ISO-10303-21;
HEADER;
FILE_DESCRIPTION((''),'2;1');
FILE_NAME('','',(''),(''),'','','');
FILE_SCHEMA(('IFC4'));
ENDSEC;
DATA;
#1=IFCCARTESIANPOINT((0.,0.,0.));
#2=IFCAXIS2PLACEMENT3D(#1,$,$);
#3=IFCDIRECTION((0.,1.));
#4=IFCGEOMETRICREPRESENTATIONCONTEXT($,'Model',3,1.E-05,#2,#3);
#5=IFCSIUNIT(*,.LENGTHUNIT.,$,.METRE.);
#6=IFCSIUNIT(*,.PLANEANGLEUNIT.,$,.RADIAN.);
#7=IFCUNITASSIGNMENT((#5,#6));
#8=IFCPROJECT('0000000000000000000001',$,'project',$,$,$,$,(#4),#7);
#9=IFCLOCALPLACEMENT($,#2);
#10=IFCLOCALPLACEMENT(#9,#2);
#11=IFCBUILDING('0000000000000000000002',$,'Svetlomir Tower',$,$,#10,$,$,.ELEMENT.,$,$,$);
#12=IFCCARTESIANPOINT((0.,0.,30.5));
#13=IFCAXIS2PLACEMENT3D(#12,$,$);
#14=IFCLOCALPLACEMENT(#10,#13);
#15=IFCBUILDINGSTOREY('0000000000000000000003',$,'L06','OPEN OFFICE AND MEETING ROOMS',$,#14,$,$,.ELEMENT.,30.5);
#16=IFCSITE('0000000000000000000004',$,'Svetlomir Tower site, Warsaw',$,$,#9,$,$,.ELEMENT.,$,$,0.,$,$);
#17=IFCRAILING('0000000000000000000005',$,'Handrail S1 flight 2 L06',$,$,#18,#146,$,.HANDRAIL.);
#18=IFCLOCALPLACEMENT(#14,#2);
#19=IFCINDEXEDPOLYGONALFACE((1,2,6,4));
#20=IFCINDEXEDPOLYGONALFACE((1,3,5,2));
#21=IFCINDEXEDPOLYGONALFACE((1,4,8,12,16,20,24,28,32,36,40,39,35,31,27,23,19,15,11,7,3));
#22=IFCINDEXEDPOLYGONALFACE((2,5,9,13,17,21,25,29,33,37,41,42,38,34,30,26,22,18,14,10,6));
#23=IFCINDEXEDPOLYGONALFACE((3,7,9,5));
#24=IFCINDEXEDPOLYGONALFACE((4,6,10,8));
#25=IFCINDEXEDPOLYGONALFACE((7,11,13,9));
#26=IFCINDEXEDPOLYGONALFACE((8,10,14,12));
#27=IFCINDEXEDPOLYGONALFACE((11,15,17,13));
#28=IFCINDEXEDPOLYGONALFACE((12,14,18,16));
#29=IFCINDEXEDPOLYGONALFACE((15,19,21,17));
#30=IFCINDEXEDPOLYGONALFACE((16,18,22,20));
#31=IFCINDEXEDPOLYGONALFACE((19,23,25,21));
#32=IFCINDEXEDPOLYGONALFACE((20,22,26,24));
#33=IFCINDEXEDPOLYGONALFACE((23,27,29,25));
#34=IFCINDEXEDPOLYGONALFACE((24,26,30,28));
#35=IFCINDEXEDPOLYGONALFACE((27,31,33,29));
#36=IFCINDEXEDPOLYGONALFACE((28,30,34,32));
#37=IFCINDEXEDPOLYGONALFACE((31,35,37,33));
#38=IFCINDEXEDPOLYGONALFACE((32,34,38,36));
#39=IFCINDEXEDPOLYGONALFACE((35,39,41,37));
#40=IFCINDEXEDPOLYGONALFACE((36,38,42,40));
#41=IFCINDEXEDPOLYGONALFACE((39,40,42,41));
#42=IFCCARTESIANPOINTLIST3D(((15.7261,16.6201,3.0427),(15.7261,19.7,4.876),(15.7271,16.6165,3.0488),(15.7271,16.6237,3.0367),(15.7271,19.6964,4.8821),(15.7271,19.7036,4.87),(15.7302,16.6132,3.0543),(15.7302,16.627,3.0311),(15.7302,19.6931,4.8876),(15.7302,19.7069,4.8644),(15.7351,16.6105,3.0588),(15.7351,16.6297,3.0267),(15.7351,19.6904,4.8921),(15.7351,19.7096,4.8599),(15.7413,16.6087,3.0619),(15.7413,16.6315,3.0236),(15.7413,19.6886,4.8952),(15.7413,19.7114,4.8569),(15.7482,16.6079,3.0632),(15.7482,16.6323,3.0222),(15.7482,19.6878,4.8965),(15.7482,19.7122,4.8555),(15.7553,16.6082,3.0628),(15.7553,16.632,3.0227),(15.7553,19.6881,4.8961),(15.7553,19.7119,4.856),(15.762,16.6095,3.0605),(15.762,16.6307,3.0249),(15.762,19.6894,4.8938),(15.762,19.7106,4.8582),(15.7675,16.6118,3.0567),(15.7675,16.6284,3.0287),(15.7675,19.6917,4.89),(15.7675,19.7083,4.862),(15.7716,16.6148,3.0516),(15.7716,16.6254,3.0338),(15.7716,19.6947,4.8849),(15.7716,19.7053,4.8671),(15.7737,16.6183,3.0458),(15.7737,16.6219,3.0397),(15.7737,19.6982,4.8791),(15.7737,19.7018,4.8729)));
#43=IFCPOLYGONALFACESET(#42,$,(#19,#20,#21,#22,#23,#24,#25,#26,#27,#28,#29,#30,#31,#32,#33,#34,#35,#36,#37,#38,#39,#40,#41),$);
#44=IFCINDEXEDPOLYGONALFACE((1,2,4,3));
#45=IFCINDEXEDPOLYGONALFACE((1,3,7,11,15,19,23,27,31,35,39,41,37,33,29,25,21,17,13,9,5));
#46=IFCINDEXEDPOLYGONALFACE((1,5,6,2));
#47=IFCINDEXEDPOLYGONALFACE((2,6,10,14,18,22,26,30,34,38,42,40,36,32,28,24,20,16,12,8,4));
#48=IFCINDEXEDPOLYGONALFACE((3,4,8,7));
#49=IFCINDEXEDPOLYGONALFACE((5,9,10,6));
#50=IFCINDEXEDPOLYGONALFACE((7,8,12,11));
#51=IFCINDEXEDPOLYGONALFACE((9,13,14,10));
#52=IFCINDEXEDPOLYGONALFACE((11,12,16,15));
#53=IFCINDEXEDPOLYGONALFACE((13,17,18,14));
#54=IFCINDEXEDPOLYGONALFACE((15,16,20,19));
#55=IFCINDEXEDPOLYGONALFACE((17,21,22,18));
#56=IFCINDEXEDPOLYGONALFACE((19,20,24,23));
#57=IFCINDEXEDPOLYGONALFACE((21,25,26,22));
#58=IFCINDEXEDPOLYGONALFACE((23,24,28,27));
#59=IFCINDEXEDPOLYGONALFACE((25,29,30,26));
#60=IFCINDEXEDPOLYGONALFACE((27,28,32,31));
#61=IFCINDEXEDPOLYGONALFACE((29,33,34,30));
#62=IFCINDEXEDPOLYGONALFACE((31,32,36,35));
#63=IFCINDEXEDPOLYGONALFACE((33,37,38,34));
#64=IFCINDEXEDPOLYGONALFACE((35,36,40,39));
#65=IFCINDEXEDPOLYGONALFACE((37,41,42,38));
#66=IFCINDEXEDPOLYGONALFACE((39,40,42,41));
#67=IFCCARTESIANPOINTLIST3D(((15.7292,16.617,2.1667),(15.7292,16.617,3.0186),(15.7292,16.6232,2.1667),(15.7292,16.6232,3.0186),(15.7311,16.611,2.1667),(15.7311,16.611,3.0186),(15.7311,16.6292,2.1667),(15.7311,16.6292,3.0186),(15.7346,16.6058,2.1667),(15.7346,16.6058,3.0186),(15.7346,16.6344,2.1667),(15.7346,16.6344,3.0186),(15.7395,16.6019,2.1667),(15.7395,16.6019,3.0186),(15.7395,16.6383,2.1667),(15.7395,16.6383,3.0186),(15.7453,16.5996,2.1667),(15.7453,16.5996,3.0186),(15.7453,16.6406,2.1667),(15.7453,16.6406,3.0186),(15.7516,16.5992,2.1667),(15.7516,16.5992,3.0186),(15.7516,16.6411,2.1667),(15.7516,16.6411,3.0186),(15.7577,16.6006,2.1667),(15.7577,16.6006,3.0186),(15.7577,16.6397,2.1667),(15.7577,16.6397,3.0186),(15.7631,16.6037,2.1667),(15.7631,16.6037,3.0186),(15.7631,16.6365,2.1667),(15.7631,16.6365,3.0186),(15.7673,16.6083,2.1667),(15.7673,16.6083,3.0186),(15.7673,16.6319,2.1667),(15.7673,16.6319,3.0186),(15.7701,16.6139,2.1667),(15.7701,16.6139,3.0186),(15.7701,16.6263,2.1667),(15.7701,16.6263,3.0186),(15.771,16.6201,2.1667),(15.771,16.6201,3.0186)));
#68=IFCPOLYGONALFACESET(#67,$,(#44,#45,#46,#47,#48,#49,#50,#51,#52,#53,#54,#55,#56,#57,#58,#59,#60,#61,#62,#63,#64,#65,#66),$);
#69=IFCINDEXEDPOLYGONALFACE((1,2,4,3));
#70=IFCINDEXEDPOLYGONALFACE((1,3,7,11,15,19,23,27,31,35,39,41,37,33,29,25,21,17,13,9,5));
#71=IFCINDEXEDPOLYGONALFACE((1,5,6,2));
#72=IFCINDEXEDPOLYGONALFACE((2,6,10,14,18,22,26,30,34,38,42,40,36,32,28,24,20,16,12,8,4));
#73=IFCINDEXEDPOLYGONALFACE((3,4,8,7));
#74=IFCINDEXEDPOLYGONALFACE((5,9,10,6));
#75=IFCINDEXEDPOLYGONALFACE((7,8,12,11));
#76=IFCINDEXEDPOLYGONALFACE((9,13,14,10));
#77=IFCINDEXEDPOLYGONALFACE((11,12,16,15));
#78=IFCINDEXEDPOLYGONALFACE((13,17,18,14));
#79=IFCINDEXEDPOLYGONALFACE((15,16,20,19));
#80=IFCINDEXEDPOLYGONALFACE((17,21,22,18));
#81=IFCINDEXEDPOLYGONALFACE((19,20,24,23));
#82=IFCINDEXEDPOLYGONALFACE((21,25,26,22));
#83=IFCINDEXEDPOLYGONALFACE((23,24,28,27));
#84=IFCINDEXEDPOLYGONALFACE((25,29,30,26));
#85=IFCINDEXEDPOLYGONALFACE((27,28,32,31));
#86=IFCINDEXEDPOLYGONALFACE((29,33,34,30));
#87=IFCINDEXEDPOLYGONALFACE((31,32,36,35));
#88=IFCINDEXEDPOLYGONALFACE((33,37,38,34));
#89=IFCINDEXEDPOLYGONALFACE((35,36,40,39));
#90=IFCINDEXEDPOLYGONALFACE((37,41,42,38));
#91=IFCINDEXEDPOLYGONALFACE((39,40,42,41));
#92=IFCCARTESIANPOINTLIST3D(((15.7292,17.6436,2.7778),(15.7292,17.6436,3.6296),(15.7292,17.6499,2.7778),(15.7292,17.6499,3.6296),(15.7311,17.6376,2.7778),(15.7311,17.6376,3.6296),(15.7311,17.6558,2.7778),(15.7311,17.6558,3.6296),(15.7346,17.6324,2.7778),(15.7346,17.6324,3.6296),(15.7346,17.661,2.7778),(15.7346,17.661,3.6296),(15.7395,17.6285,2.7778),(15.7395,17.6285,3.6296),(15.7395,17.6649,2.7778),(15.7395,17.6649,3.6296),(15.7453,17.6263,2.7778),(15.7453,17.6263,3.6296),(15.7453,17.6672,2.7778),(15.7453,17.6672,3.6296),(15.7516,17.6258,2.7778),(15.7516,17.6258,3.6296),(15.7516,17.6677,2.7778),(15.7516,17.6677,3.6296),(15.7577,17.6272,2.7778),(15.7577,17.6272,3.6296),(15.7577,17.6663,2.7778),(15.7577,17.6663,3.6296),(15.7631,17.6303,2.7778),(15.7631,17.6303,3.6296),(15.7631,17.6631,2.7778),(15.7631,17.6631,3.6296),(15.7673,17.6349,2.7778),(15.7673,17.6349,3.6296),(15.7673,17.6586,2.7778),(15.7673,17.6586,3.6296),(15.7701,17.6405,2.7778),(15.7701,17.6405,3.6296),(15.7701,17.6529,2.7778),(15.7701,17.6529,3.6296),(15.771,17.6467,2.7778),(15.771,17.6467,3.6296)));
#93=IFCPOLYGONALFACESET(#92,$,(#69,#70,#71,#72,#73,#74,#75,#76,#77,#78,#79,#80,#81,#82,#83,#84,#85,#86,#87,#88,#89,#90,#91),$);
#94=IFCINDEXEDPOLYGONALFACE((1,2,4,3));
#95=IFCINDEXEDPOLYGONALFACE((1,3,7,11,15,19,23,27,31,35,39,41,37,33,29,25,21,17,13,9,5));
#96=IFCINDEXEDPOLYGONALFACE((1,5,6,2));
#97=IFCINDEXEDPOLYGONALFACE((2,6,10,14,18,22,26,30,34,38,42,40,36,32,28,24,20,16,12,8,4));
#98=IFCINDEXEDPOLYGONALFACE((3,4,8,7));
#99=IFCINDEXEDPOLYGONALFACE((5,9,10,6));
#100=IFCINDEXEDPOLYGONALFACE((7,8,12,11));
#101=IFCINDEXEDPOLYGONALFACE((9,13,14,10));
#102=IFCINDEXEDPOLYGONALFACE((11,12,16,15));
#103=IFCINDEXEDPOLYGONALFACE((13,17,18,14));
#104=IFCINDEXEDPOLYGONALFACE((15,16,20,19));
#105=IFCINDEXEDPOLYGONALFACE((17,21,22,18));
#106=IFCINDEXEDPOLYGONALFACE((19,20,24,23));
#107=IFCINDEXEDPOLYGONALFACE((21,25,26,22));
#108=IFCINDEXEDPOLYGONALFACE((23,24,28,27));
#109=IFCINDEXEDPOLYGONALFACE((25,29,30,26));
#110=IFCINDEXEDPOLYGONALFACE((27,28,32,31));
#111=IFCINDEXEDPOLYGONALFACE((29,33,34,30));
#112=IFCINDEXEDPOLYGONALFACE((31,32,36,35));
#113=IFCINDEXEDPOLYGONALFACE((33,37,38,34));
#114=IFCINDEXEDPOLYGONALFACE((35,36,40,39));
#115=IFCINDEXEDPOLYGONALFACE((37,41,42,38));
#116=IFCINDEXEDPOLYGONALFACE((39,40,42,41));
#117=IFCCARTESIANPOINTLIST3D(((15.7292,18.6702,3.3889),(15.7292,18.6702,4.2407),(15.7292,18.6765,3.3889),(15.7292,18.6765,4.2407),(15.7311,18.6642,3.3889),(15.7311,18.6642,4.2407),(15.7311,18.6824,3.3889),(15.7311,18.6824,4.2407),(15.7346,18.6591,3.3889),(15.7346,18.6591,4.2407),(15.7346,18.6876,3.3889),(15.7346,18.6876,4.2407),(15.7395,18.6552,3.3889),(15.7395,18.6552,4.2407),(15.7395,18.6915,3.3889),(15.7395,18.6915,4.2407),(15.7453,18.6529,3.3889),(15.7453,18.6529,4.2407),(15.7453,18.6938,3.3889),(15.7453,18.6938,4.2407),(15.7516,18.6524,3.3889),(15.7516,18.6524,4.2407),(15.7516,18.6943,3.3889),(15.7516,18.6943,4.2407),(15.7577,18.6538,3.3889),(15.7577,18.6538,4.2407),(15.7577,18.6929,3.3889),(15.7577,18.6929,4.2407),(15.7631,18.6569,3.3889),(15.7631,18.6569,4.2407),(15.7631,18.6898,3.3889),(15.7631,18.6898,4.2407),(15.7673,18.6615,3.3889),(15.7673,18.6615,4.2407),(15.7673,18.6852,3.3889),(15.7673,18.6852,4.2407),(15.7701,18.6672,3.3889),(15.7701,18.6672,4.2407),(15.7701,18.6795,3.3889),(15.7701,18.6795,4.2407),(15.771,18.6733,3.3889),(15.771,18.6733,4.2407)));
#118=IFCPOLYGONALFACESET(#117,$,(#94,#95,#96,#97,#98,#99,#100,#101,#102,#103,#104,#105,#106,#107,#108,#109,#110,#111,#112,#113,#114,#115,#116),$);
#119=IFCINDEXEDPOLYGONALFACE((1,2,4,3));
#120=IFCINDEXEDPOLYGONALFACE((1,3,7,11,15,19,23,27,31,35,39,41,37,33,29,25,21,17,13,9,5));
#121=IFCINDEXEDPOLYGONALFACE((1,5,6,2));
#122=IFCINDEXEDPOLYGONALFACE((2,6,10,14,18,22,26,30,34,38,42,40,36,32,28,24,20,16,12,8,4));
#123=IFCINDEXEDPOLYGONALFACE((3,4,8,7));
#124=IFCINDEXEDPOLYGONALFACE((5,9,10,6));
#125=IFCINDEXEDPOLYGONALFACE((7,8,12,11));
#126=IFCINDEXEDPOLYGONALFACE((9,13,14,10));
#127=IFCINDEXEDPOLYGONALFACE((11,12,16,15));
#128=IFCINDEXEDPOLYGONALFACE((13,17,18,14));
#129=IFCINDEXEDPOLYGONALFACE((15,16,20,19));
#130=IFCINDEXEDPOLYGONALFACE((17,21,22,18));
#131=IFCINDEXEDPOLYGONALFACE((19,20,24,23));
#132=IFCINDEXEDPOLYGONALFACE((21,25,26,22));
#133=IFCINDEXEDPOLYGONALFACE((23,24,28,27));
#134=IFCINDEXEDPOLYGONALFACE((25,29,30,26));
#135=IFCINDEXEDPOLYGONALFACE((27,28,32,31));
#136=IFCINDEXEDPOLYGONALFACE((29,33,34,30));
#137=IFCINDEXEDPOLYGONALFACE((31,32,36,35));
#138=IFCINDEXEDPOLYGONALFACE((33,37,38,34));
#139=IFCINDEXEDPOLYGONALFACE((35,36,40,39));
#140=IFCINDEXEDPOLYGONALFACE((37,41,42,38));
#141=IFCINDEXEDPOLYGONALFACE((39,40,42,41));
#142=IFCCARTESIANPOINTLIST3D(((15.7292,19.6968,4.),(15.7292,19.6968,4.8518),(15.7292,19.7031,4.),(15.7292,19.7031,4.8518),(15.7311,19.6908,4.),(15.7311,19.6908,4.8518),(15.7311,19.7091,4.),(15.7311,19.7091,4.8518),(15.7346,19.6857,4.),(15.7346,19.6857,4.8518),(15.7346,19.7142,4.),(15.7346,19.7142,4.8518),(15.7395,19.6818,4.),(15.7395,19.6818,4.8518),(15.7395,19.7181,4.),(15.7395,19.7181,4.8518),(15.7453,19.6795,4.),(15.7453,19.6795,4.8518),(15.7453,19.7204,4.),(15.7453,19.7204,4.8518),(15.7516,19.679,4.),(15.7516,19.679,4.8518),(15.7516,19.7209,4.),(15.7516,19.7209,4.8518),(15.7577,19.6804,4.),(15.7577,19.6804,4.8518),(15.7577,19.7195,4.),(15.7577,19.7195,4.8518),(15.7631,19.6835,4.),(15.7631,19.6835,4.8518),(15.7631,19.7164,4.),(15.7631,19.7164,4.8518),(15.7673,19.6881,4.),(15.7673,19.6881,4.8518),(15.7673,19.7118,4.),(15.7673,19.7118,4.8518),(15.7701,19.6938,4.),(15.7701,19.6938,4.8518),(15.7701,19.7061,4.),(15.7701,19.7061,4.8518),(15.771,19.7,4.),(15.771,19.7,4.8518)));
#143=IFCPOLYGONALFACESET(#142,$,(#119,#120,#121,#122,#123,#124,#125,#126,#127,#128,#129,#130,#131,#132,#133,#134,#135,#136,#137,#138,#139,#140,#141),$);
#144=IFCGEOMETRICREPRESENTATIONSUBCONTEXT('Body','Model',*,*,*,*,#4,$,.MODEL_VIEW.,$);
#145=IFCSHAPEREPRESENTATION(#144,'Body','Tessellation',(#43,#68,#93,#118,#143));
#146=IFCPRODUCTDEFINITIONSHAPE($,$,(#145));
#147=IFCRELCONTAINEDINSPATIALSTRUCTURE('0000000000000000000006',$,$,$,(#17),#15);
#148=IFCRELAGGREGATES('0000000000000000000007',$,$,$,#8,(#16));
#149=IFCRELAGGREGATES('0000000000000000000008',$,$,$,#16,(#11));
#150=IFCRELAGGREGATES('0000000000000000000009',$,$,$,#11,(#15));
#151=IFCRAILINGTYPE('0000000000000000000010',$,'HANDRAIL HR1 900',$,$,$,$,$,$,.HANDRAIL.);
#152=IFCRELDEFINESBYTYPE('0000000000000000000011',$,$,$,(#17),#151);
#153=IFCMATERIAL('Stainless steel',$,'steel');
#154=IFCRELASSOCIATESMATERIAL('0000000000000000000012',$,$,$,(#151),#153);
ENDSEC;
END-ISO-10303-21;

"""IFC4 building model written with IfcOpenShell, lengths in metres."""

from ifc_helpers import new_model, si_unit, direction, frame, origin, origin_2d, place, context, subcontext, project, spatial, circle, extrude, material, type_object, element, save


model = new_model("IFC4")

# Units and contexts
model_context = context("Model", 3, precision=1e-05, world=origin(), true_north=direction((0.0, 1.0)))
body_context = subcontext(model_context, "Body", "Model", "MODEL_VIEW")
ifc_project = project(units=[si_unit("LENGTHUNIT", "METRE"), si_unit("PLANEANGLEUNIT", "RADIAN")], contexts=[model_context])

# Site, building, storey
site_placement = place(None, origin())
site = spatial("IfcSite", under=ifc_project, at=site_placement, Name="Svetlomir Tower site, Warsaw", CompositionType="ELEMENT", RefElevation=0.0)
building_placement = place(site_placement, origin())
building = spatial("IfcBuilding", under=site, at=building_placement, Name="Svetlomir Tower", CompositionType="ELEMENT")
storey_placement = place(building_placement, frame((0.0, 0.0, 30.5)))
storey = spatial("IfcBuildingStorey", under=building, at=storey_placement, Name="L06", Description="OPEN OFFICE AND MEETING ROOMS", CompositionType="ELEMENT", Elevation=30.5)

# Railing
ifc_material_1 = material(Name="Stainless steel", Category="steel")
railing_type = type_object("IfcRailingType", Name="HANDRAIL HR1 900", PredefinedType="HANDRAIL", material=ifc_material_1)
railing_placement = place(storey_placement, frame((15.75, 16.6201, 2.1667)))
element("IfcRailing", 1, at=railing_placement, inside=storey, type_object=railing_type, Name="Handrail S1 flight 2 L06", PredefinedType="HANDRAIL", context=body_context, shape_type="SweptSolid", body=[
    extrude(circle(Radius=0.0239, at=origin_2d()), frame((0.0, 0.0, 0.876), z_axis=(0.0, 0.859291, 0.511487), x_axis=(-1.0, 0.0, 0.0)), (0.0, 0.0, 1.0), 3.5842),
    extrude(circle(Radius=0.021, at=origin_2d()), origin(), (0.0, 0.0, 1.0), 0.8518),
    extrude(circle(Radius=0.021, at=origin_2d()), frame((0.0, 1.0266, 0.6111)), (0.0, 0.0, 1.0), 0.8518),
    extrude(circle(Radius=0.021, at=origin_2d()), frame((0.0, 2.0532, 1.2222)), (0.0, 0.0, 1.0), 0.8518),
    extrude(circle(Radius=0.021, at=origin_2d()), frame((0.0, 3.0798, 1.8333)), (0.0, 0.0, 1.0), 0.8518),
])

save(model, "model.ifc")
